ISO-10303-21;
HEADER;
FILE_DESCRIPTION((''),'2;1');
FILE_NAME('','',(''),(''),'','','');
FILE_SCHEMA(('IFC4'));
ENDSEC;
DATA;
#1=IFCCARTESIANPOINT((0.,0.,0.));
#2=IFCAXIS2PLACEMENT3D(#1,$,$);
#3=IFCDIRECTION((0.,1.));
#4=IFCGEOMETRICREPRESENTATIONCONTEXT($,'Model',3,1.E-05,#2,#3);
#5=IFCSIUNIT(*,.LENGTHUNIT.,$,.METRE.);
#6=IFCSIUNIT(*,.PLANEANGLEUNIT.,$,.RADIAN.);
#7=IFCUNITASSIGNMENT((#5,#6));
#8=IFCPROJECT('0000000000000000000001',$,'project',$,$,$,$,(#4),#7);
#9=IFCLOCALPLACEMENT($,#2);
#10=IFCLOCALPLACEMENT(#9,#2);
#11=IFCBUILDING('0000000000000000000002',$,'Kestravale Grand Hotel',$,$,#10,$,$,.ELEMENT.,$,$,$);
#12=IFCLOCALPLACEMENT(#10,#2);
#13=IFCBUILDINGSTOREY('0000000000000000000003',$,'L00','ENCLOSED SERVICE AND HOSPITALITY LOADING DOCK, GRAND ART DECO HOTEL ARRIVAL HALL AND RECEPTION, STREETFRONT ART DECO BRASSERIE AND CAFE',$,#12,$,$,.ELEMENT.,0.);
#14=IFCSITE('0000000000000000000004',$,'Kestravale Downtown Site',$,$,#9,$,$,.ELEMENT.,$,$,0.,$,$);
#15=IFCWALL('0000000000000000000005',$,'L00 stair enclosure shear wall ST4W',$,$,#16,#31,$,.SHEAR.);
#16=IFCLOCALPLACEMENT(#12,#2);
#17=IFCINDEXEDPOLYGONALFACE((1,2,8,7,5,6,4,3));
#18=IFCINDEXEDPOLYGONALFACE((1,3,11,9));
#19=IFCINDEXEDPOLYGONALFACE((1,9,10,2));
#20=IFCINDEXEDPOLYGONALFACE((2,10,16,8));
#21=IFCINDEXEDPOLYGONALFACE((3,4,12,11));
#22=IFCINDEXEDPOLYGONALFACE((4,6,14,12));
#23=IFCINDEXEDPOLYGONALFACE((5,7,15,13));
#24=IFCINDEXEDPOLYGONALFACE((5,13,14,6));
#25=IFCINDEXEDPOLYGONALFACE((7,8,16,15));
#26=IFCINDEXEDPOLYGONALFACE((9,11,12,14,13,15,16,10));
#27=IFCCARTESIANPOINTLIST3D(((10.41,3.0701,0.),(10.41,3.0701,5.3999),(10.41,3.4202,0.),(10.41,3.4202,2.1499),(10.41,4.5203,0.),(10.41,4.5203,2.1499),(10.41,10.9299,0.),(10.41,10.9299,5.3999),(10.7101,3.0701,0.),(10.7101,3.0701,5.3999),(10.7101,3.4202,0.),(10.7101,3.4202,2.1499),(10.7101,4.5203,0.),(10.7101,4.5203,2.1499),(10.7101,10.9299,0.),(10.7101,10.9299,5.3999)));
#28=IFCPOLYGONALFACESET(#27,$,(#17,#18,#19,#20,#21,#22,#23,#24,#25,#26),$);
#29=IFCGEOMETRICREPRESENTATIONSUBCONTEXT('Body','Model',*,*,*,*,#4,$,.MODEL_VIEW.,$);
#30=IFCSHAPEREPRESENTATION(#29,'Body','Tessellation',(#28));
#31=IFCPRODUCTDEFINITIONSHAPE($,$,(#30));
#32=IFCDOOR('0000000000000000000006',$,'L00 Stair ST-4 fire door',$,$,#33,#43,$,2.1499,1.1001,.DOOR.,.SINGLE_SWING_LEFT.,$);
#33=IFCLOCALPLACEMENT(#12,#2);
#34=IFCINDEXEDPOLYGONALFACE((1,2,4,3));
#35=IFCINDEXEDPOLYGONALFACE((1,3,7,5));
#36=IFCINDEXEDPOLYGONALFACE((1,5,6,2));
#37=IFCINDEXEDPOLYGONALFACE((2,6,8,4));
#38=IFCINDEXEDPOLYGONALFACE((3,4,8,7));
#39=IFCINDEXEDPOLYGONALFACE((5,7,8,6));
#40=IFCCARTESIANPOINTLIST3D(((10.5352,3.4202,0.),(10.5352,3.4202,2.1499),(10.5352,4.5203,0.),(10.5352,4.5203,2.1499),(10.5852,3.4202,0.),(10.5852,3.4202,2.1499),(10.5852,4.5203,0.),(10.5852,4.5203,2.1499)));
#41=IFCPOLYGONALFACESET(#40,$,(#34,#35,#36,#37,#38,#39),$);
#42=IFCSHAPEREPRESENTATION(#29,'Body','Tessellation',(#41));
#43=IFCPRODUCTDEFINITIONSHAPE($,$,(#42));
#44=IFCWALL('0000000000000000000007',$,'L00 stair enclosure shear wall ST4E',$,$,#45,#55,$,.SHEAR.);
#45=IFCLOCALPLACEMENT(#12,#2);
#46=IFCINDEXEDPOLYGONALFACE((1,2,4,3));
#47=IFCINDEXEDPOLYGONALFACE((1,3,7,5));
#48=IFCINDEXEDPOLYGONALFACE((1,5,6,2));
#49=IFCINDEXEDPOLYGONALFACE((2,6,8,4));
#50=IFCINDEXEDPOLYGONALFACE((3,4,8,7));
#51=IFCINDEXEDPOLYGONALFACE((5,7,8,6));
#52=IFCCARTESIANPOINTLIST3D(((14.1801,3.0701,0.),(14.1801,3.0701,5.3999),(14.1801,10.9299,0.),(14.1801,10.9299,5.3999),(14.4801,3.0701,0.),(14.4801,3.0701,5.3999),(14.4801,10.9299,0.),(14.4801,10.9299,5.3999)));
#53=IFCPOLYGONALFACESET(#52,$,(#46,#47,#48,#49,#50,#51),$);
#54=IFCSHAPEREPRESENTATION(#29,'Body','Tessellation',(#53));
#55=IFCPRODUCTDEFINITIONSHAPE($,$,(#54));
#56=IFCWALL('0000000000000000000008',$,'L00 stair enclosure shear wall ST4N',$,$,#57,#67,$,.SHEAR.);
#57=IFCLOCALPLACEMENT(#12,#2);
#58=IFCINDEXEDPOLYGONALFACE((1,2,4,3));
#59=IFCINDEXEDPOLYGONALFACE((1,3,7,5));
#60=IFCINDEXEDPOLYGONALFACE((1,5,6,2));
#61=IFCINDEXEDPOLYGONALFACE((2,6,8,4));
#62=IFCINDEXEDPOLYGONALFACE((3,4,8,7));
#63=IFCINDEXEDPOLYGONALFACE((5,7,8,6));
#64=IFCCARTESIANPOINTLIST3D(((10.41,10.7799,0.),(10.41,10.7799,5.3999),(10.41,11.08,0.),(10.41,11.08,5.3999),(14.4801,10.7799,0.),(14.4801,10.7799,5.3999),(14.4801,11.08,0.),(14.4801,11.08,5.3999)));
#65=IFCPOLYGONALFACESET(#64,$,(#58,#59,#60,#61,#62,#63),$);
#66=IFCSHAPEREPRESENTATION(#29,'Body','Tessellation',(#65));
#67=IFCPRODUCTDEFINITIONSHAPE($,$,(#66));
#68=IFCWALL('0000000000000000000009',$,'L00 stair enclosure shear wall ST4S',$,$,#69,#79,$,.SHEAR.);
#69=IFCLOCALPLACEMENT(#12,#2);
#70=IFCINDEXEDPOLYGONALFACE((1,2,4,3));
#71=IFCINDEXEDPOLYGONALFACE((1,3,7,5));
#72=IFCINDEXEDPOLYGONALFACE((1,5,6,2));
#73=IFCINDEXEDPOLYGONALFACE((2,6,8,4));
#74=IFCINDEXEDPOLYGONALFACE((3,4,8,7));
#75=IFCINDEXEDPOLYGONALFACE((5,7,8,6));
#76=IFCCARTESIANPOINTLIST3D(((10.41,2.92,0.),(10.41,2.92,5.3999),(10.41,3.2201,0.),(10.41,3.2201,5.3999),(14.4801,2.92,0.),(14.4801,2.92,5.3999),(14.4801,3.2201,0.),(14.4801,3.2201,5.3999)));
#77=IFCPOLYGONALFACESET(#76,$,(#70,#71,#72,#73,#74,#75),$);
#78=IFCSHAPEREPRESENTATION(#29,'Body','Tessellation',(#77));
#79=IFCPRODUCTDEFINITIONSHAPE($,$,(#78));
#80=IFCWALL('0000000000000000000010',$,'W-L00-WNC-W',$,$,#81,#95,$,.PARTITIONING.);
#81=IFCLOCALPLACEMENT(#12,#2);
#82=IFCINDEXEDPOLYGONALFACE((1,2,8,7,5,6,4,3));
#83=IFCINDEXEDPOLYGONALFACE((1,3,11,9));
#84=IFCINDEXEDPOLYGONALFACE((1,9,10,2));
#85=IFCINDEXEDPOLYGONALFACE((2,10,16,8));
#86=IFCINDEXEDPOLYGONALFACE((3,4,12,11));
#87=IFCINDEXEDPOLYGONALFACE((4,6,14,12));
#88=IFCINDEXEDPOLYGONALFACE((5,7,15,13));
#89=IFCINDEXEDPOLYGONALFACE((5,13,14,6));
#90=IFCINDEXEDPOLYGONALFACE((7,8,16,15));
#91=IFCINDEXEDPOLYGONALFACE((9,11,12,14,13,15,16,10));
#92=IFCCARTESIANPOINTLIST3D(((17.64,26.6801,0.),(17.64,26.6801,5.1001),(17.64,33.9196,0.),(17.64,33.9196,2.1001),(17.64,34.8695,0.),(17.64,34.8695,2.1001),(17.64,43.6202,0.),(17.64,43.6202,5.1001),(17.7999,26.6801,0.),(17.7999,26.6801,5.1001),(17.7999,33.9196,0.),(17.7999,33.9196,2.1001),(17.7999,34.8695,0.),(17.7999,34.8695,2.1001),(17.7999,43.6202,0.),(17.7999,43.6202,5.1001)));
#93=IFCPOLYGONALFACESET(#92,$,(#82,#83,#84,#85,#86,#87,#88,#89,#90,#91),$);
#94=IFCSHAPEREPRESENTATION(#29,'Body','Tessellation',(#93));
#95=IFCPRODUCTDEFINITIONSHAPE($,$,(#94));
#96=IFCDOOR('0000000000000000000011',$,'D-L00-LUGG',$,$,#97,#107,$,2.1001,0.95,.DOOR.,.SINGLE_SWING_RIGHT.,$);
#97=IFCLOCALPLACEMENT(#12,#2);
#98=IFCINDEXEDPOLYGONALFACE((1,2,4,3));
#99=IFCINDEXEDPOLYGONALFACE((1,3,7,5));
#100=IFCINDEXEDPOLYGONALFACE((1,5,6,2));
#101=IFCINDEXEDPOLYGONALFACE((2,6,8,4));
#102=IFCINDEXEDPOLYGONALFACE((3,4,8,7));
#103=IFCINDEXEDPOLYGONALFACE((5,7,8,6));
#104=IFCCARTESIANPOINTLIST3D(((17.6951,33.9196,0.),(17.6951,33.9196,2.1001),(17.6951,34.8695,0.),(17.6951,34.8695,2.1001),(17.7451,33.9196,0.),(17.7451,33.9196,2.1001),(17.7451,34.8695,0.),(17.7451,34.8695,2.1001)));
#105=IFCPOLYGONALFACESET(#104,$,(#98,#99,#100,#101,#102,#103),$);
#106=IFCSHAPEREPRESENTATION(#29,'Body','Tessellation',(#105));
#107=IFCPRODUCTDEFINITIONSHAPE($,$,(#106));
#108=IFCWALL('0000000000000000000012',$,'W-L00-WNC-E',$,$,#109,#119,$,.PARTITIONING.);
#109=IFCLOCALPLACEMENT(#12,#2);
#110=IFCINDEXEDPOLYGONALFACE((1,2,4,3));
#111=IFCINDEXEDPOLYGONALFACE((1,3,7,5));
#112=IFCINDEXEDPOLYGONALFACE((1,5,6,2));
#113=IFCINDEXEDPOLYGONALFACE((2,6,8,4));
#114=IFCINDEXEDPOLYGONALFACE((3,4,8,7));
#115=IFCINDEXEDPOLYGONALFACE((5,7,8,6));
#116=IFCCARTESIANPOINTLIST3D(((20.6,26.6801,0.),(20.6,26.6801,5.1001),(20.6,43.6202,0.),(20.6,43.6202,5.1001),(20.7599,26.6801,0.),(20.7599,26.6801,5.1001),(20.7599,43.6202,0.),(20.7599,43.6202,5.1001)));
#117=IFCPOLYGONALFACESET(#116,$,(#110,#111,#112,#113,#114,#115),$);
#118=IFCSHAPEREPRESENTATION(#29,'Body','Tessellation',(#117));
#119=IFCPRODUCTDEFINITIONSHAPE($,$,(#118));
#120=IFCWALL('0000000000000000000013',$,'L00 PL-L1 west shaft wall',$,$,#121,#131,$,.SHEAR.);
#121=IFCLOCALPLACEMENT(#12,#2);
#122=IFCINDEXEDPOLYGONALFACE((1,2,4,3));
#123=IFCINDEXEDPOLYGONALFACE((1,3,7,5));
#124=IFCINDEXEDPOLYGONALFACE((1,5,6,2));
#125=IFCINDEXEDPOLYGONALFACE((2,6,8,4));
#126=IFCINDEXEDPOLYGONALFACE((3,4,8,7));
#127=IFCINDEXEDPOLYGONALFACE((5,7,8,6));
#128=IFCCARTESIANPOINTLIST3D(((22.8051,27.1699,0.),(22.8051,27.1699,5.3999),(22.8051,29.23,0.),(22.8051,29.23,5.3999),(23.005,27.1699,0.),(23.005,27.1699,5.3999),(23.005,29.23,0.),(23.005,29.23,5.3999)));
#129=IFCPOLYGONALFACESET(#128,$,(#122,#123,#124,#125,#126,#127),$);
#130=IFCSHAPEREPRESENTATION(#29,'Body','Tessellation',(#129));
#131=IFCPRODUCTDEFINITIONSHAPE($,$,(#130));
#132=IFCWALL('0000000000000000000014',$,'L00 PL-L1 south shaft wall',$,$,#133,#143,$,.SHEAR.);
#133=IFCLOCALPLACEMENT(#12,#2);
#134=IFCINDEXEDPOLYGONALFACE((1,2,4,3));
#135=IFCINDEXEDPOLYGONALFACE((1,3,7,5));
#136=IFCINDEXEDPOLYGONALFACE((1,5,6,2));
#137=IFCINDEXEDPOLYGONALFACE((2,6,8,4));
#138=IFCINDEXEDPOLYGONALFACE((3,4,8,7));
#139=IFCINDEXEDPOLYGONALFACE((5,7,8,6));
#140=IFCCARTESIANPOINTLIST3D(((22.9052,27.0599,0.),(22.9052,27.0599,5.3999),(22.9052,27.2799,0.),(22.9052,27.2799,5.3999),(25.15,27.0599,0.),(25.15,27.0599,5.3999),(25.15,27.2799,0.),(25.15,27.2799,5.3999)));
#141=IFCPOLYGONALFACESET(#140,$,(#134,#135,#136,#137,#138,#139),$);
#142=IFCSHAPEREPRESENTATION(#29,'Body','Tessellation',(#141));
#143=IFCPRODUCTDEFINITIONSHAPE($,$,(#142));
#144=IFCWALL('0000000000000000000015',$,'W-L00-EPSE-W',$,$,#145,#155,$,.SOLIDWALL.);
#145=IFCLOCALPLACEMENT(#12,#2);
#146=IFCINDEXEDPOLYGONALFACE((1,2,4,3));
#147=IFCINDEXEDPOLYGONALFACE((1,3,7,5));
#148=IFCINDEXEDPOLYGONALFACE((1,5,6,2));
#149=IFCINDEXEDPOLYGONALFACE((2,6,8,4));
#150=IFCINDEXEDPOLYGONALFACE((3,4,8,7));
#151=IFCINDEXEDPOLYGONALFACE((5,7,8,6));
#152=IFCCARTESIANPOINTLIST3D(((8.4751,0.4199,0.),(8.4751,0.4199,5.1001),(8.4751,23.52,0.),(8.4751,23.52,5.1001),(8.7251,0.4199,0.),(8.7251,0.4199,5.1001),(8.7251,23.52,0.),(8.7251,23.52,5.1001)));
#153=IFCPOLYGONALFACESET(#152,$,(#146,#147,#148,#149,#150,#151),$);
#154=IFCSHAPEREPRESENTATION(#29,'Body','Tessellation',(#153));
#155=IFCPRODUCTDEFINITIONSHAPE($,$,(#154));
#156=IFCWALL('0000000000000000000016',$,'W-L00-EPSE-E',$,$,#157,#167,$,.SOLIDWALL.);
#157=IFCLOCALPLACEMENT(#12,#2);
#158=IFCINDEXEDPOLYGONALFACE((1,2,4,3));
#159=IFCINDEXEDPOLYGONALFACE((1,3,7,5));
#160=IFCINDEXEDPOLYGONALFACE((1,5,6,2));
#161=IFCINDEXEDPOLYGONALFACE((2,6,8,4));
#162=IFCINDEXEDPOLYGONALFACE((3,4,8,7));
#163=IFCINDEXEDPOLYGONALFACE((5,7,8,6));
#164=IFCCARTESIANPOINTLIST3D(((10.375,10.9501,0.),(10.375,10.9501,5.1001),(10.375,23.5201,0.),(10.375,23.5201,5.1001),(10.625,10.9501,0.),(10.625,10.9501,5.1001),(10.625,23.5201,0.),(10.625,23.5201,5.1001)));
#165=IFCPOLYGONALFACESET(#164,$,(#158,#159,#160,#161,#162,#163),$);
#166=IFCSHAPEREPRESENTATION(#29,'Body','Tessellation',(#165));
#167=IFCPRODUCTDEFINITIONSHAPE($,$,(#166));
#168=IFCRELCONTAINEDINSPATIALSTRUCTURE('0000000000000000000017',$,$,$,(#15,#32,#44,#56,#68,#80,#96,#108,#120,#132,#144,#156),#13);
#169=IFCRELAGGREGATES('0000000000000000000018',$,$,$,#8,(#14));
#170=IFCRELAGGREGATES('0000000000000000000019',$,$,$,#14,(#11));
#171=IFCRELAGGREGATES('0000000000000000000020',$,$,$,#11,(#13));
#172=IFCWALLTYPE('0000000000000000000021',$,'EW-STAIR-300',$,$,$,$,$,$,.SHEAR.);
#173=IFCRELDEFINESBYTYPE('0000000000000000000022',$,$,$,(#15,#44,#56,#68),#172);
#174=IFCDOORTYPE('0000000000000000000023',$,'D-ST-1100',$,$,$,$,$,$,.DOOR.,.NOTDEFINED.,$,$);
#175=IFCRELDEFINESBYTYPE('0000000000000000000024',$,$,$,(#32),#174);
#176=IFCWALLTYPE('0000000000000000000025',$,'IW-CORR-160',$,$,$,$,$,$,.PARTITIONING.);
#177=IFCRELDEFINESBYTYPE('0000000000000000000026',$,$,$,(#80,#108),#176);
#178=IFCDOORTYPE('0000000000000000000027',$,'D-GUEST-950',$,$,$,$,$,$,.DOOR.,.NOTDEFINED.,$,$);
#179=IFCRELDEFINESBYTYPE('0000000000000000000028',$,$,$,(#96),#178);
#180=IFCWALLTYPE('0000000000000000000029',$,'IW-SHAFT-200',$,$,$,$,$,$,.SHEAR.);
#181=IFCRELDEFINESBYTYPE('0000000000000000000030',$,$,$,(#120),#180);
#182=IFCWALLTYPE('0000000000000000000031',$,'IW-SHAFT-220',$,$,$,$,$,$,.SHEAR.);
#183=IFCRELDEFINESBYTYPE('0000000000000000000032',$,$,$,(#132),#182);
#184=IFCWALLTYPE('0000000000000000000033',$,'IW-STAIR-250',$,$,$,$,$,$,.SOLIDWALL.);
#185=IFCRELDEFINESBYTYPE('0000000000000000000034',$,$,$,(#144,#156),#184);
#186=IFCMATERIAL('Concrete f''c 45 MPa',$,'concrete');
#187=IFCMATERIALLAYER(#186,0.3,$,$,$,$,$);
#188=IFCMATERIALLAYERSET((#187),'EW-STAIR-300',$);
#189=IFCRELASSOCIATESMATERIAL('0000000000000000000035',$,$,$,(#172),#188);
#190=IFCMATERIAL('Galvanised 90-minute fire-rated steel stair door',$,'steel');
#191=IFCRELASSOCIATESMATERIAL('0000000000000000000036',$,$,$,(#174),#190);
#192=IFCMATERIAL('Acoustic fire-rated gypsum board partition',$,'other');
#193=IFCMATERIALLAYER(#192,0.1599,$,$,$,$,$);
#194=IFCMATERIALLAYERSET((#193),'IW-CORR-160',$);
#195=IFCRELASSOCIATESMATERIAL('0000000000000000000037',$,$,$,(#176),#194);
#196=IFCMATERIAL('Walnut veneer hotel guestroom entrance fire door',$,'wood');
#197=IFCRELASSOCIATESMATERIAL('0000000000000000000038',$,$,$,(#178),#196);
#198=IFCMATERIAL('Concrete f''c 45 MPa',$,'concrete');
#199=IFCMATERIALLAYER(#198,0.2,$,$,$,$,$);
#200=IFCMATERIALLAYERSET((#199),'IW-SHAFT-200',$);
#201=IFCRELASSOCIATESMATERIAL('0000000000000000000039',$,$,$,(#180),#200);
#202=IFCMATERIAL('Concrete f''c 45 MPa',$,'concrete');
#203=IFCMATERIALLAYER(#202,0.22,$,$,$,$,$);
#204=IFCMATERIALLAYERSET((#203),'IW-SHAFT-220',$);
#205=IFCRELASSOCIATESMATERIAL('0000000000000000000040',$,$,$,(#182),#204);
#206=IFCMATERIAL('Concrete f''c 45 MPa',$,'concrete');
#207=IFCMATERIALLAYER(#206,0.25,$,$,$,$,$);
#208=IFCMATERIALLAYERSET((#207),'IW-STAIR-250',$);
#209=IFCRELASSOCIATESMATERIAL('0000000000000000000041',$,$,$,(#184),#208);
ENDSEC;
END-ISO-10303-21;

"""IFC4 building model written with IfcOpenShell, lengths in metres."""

from ifc_helpers import new_model, si_unit, direction, frame, frame_2d, origin, place, context, subcontext, project, spatial, rectangle, extrude, material, layer, layer_set, type_object, element, fill, save


model = new_model("IFC4")

# Units and contexts
model_context = context("Model", 3, precision=1e-05, world=origin(), true_north=direction((0.0, 1.0)))
body_context = subcontext(model_context, "Body", "Model", "MODEL_VIEW")
ifc_project = project(units=[si_unit("LENGTHUNIT", "METRE"), si_unit("PLANEANGLEUNIT", "RADIAN")], contexts=[model_context])

# Site, building, storey
site_placement = place(None, origin())
site = spatial("IfcSite", under=ifc_project, at=site_placement, Name="Kestravale Downtown Site", CompositionType="ELEMENT", RefElevation=0.0)
building_placement = place(site_placement, origin())
building = spatial("IfcBuilding", under=site, at=building_placement, Name="Kestravale Grand Hotel", CompositionType="ELEMENT")
storey_placement = place(building_placement, origin())
storey = spatial("IfcBuildingStorey", under=building, at=storey_placement, Name="L00", Description="ENCLOSED SERVICE AND HOSPITALITY LOADING DOCK, GRAND ART DECO HOTEL ARRIVAL HALL AND RECEPTION, STREETFRONT ART DECO BRASSERIE AND CAFE", CompositionType="ELEMENT", Elevation=0.0)

# Wall, opening, door
ifc_material_1 = material(Name="Concrete f'c 45 MPa", Category="concrete")
ifc_layer_1 = layer(ifc_material_1, 0.3)
ifc_layer_set_1 = layer_set([ifc_layer_1], Name="EW-STAIR-300")
wall_type_1 = type_object("IfcWallType", Name="EW-STAIR-300", PredefinedType="SHEAR", material=ifc_layer_set_1)
wall_1_placement = place(storey_placement, frame((10.5601, 3.0701, 0.0), z_axis=(0.0, 0.0, 1.0), x_axis=(0.0, 1.0, 0.0)))
wall_1 = element("IfcWall", 1, at=wall_1_placement, inside=storey, type_object=wall_type_1, Name="L00 stair enclosure shear wall ST4W", PredefinedType="SHEAR", context=body_context, shape_type="SweptSolid", body=[
    extrude(rectangle(XDim=7.8599, YDim=0.3, at=frame_2d((3.9299, 0.0))), origin(), (0.0, 0.0, 1.0), 5.3999),
])
opening_1_placement = place(wall_1_placement, frame((0.3501, 0.0, 0.0)))
opening_1 = element("IfcOpeningElement", 2, at=opening_1_placement, cuts=wall_1, PredefinedType="OPENING", context=body_context, shape_type="SweptSolid", body=[
    extrude(rectangle(XDim=1.1001, YDim=2.1499, at=frame_2d((0.55, 1.075))), frame((0.0, 0.1599, 0.0), z_axis=(0.0, -1.0, 0.0), x_axis=(1.0, 0.0, 0.0)), (0.0, 0.0, 1.0), 0.3201),
])
ifc_material_2 = material(Name="Galvanised 90-minute fire-rated steel stair door", Category="steel")
door_type_1 = type_object("IfcDoorType", Name="D-ST-1100", OperationType="NOTDEFINED", PredefinedType="DOOR", material=ifc_material_2)
door_1_placement = place(opening_1_placement, origin())
door_1 = element("IfcDoor", 3, at=door_1_placement, inside=storey, type_object=door_type_1, Name="L00 Stair ST-4 fire door", OperationType="SINGLE_SWING_LEFT", OverallHeight=2.1499, OverallWidth=1.1001, PredefinedType="DOOR", context=body_context, shape_type="SweptSolid", body=[
    extrude(rectangle(XDim=1.1001, YDim=2.1499, at=frame_2d((0.55, 1.075))), frame((0.0, 0.0249, 0.0), z_axis=(0.0, -1.0, 0.0), x_axis=(1.0, 0.0, 0.0)), (0.0, 0.0, 1.0), 0.05),
])
fill(opening_1, door_1)

# Walls
wall_2_placement = place(storey_placement, frame((14.3301, 3.0701, 0.0), z_axis=(0.0, 0.0, 1.0), x_axis=(0.0, 1.0, 0.0)))
element("IfcWall", 4, at=wall_2_placement, inside=storey, type_object=wall_type_1, Name="L00 stair enclosure shear wall ST4E", PredefinedType="SHEAR", context=body_context, shape_type="SweptSolid", body=[
    extrude(rectangle(XDim=7.8599, YDim=0.3, at=frame_2d((3.9299, 0.0))), origin(), (0.0, 0.0, 1.0), 5.3999),
])
for number, where, z_axis, x_axis, name in (
    (5, (10.4099, 10.9299, 0.0), (0.0, 0.0, 1.0), (1.0, 0.0, 0.0), "L00 stair enclosure shear wall ST4N"),
    (6, (10.4099, 3.0701, 0.0), (0.0, 0.0, 1.0), (1.0, 0.0, 0.0), "L00 stair enclosure shear wall ST4S"),
):
    element("IfcWall", number, at=place(storey_placement, frame(where, z_axis=z_axis, x_axis=x_axis)), inside=storey, type_object=wall_type_1, Name=name, PredefinedType="SHEAR", context=body_context, shape_type="SweptSolid", body=[
        extrude(rectangle(XDim=4.0701, YDim=0.3, at=frame_2d((2.0352, 0.0))), origin(), (0.0, 0.0, 1.0), 5.3999),
    ])

# Wall, opening, door
ifc_material_3 = material(Name="Acoustic fire-rated gypsum board partition", Category="other")
ifc_layer_2 = layer(ifc_material_3, 0.1599)
ifc_layer_set_2 = layer_set([ifc_layer_2], Name="IW-CORR-160")
wall_type_2 = type_object("IfcWallType", Name="IW-CORR-160", PredefinedType="PARTITIONING", material=ifc_layer_set_2)
wall_3_placement = place(storey_placement, frame((17.72, 26.6799, 0.0), z_axis=(0.0, 0.0, 1.0), x_axis=(0.0, 1.0, 0.0)))
wall_3 = element("IfcWall", 7, at=wall_3_placement, inside=storey, type_object=wall_type_2, Name="W-L00-WNC-W", PredefinedType="PARTITIONING", context=body_context, shape_type="SweptSolid", body=[
    extrude(rectangle(XDim=16.9402, YDim=0.1599, at=frame_2d((8.4702, 0.0))), origin(), (0.0, 0.0, 1.0), 5.1001),
])
opening_2_placement = place(wall_3_placement, frame((7.2395, 0.0, 0.0)))
opening_2 = element("IfcOpeningElement", 8, at=opening_2_placement, cuts=wall_3, PredefinedType="OPENING", context=body_context, shape_type="SweptSolid", body=[
    extrude(rectangle(XDim=0.95, YDim=2.1001, at=frame_2d((0.4751, 1.05))), frame((0.0, 0.0898, 0.0), z_axis=(0.0, -1.0, 0.0), x_axis=(1.0, 0.0, 0.0)), (0.0, 0.0, 1.0), 0.1799),
])
ifc_material_4 = material(Name="Walnut veneer hotel guestroom entrance fire door", Category="wood")
door_type_2 = type_object("IfcDoorType", Name="D-GUEST-950", OperationType="NOTDEFINED", PredefinedType="DOOR", material=ifc_material_4)
door_2_placement = place(opening_2_placement, origin())
door_2 = element("IfcDoor", 9, at=door_2_placement, inside=storey, type_object=door_type_2, Name="D-L00-LUGG", OperationType="SINGLE_SWING_RIGHT", OverallHeight=2.1001, OverallWidth=0.95, PredefinedType="DOOR", context=body_context, shape_type="SweptSolid", body=[
    extrude(rectangle(XDim=0.95, YDim=2.1001, at=frame_2d((0.4751, 1.05))), frame((0.0, 0.0249, 0.0), z_axis=(0.0, -1.0, 0.0), x_axis=(1.0, 0.0, 0.0)), (0.0, 0.0, 1.0), 0.05),
])
fill(opening_2, door_2)

# Walls
wall_4_placement = place(storey_placement, frame((20.6799, 26.6799, 0.0), z_axis=(0.0, 0.0, 1.0), x_axis=(0.0, 1.0, 0.0)))
element("IfcWall", 10, at=wall_4_placement, inside=storey, type_object=wall_type_2, Name="W-L00-WNC-E", PredefinedType="PARTITIONING", context=body_context, shape_type="SweptSolid", body=[
    extrude(rectangle(XDim=16.9402, YDim=0.1599, at=frame_2d((8.4702, 0.0))), origin(), (0.0, 0.0, 1.0), 5.1001),
])
ifc_material_5 = material(Name="Concrete f'c 45 MPa", Category="concrete")
ifc_layer_3 = layer(ifc_material_5, 0.2)
ifc_layer_set_3 = layer_set([ifc_layer_3], Name="IW-SHAFT-200")
wall_type_3 = type_object("IfcWallType", Name="IW-SHAFT-200", PredefinedType="SHEAR", material=ifc_layer_set_3)
wall_5_placement = place(storey_placement, frame((22.905, 27.1699, 0.0), z_axis=(0.0, 0.0, 1.0), x_axis=(0.0, 1.0, 0.0)))
element("IfcWall", 11, at=wall_5_placement, inside=storey, type_object=wall_type_3, Name="L00 PL-L1 west shaft wall", PredefinedType="SHEAR", context=body_context, shape_type="SweptSolid", body=[
    extrude(rectangle(XDim=2.0601, YDim=0.2, at=frame_2d((1.03, 0.0))), origin(), (0.0, 0.0, 1.0), 5.3999),
])
ifc_material_6 = material(Name="Concrete f'c 45 MPa", Category="concrete")
ifc_layer_4 = layer(ifc_material_6, 0.22)
ifc_layer_set_4 = layer_set([ifc_layer_4], Name="IW-SHAFT-220")
wall_type_4 = type_object("IfcWallType", Name="IW-SHAFT-220", PredefinedType="SHEAR", material=ifc_layer_set_4)
wall_6_placement = place(storey_placement, frame((22.905, 27.1699, 0.0), z_axis=(0.0, 0.0, 1.0), x_axis=(1.0, 0.0, 0.0)))
element("IfcWall", 12, at=wall_6_placement, inside=storey, type_object=wall_type_4, Name="L00 PL-L1 south shaft wall", PredefinedType="SHEAR", context=body_context, shape_type="SweptSolid", body=[
    extrude(rectangle(XDim=2.2449, YDim=0.22, at=frame_2d((1.1226, 0.0))), origin(), (0.0, 0.0, 1.0), 5.3999),
])
ifc_material_7 = material(Name="Concrete f'c 45 MPa", Category="concrete")
ifc_layer_5 = layer(ifc_material_7, 0.25)
ifc_layer_set_5 = layer_set([ifc_layer_5], Name="IW-STAIR-250")
wall_type_5 = type_object("IfcWallType", Name="IW-STAIR-250", PredefinedType="SOLIDWALL", material=ifc_layer_set_5)
wall_7_placement = place(storey_placement, frame((8.6001, 0.4199, 0.0), z_axis=(0.0, 0.0, 1.0), x_axis=(0.0, 1.0, 0.0)))
element("IfcWall", 13, at=wall_7_placement, inside=storey, type_object=wall_type_5, Name="W-L00-EPSE-W", PredefinedType="SOLIDWALL", context=body_context, shape_type="SweptSolid", body=[
    extrude(rectangle(XDim=23.1001, YDim=0.25, at=frame_2d((11.55, 0.0))), origin(), (0.0, 0.0, 1.0), 5.1001),
])
wall_8_placement = place(storey_placement, frame((10.5, 10.95, 0.0), z_axis=(0.0, 0.0, 1.0), x_axis=(0.0, 1.0, 0.0)))
element("IfcWall", 14, at=wall_8_placement, inside=storey, type_object=wall_type_5, Name="W-L00-EPSE-E", PredefinedType="SOLIDWALL", context=body_context, shape_type="SweptSolid", body=[
    extrude(rectangle(XDim=12.5701, YDim=0.25, at=frame_2d((6.2852, 0.0))), origin(), (0.0, 0.0, 1.0), 5.1001),
])

save(model, "model.ifc")
